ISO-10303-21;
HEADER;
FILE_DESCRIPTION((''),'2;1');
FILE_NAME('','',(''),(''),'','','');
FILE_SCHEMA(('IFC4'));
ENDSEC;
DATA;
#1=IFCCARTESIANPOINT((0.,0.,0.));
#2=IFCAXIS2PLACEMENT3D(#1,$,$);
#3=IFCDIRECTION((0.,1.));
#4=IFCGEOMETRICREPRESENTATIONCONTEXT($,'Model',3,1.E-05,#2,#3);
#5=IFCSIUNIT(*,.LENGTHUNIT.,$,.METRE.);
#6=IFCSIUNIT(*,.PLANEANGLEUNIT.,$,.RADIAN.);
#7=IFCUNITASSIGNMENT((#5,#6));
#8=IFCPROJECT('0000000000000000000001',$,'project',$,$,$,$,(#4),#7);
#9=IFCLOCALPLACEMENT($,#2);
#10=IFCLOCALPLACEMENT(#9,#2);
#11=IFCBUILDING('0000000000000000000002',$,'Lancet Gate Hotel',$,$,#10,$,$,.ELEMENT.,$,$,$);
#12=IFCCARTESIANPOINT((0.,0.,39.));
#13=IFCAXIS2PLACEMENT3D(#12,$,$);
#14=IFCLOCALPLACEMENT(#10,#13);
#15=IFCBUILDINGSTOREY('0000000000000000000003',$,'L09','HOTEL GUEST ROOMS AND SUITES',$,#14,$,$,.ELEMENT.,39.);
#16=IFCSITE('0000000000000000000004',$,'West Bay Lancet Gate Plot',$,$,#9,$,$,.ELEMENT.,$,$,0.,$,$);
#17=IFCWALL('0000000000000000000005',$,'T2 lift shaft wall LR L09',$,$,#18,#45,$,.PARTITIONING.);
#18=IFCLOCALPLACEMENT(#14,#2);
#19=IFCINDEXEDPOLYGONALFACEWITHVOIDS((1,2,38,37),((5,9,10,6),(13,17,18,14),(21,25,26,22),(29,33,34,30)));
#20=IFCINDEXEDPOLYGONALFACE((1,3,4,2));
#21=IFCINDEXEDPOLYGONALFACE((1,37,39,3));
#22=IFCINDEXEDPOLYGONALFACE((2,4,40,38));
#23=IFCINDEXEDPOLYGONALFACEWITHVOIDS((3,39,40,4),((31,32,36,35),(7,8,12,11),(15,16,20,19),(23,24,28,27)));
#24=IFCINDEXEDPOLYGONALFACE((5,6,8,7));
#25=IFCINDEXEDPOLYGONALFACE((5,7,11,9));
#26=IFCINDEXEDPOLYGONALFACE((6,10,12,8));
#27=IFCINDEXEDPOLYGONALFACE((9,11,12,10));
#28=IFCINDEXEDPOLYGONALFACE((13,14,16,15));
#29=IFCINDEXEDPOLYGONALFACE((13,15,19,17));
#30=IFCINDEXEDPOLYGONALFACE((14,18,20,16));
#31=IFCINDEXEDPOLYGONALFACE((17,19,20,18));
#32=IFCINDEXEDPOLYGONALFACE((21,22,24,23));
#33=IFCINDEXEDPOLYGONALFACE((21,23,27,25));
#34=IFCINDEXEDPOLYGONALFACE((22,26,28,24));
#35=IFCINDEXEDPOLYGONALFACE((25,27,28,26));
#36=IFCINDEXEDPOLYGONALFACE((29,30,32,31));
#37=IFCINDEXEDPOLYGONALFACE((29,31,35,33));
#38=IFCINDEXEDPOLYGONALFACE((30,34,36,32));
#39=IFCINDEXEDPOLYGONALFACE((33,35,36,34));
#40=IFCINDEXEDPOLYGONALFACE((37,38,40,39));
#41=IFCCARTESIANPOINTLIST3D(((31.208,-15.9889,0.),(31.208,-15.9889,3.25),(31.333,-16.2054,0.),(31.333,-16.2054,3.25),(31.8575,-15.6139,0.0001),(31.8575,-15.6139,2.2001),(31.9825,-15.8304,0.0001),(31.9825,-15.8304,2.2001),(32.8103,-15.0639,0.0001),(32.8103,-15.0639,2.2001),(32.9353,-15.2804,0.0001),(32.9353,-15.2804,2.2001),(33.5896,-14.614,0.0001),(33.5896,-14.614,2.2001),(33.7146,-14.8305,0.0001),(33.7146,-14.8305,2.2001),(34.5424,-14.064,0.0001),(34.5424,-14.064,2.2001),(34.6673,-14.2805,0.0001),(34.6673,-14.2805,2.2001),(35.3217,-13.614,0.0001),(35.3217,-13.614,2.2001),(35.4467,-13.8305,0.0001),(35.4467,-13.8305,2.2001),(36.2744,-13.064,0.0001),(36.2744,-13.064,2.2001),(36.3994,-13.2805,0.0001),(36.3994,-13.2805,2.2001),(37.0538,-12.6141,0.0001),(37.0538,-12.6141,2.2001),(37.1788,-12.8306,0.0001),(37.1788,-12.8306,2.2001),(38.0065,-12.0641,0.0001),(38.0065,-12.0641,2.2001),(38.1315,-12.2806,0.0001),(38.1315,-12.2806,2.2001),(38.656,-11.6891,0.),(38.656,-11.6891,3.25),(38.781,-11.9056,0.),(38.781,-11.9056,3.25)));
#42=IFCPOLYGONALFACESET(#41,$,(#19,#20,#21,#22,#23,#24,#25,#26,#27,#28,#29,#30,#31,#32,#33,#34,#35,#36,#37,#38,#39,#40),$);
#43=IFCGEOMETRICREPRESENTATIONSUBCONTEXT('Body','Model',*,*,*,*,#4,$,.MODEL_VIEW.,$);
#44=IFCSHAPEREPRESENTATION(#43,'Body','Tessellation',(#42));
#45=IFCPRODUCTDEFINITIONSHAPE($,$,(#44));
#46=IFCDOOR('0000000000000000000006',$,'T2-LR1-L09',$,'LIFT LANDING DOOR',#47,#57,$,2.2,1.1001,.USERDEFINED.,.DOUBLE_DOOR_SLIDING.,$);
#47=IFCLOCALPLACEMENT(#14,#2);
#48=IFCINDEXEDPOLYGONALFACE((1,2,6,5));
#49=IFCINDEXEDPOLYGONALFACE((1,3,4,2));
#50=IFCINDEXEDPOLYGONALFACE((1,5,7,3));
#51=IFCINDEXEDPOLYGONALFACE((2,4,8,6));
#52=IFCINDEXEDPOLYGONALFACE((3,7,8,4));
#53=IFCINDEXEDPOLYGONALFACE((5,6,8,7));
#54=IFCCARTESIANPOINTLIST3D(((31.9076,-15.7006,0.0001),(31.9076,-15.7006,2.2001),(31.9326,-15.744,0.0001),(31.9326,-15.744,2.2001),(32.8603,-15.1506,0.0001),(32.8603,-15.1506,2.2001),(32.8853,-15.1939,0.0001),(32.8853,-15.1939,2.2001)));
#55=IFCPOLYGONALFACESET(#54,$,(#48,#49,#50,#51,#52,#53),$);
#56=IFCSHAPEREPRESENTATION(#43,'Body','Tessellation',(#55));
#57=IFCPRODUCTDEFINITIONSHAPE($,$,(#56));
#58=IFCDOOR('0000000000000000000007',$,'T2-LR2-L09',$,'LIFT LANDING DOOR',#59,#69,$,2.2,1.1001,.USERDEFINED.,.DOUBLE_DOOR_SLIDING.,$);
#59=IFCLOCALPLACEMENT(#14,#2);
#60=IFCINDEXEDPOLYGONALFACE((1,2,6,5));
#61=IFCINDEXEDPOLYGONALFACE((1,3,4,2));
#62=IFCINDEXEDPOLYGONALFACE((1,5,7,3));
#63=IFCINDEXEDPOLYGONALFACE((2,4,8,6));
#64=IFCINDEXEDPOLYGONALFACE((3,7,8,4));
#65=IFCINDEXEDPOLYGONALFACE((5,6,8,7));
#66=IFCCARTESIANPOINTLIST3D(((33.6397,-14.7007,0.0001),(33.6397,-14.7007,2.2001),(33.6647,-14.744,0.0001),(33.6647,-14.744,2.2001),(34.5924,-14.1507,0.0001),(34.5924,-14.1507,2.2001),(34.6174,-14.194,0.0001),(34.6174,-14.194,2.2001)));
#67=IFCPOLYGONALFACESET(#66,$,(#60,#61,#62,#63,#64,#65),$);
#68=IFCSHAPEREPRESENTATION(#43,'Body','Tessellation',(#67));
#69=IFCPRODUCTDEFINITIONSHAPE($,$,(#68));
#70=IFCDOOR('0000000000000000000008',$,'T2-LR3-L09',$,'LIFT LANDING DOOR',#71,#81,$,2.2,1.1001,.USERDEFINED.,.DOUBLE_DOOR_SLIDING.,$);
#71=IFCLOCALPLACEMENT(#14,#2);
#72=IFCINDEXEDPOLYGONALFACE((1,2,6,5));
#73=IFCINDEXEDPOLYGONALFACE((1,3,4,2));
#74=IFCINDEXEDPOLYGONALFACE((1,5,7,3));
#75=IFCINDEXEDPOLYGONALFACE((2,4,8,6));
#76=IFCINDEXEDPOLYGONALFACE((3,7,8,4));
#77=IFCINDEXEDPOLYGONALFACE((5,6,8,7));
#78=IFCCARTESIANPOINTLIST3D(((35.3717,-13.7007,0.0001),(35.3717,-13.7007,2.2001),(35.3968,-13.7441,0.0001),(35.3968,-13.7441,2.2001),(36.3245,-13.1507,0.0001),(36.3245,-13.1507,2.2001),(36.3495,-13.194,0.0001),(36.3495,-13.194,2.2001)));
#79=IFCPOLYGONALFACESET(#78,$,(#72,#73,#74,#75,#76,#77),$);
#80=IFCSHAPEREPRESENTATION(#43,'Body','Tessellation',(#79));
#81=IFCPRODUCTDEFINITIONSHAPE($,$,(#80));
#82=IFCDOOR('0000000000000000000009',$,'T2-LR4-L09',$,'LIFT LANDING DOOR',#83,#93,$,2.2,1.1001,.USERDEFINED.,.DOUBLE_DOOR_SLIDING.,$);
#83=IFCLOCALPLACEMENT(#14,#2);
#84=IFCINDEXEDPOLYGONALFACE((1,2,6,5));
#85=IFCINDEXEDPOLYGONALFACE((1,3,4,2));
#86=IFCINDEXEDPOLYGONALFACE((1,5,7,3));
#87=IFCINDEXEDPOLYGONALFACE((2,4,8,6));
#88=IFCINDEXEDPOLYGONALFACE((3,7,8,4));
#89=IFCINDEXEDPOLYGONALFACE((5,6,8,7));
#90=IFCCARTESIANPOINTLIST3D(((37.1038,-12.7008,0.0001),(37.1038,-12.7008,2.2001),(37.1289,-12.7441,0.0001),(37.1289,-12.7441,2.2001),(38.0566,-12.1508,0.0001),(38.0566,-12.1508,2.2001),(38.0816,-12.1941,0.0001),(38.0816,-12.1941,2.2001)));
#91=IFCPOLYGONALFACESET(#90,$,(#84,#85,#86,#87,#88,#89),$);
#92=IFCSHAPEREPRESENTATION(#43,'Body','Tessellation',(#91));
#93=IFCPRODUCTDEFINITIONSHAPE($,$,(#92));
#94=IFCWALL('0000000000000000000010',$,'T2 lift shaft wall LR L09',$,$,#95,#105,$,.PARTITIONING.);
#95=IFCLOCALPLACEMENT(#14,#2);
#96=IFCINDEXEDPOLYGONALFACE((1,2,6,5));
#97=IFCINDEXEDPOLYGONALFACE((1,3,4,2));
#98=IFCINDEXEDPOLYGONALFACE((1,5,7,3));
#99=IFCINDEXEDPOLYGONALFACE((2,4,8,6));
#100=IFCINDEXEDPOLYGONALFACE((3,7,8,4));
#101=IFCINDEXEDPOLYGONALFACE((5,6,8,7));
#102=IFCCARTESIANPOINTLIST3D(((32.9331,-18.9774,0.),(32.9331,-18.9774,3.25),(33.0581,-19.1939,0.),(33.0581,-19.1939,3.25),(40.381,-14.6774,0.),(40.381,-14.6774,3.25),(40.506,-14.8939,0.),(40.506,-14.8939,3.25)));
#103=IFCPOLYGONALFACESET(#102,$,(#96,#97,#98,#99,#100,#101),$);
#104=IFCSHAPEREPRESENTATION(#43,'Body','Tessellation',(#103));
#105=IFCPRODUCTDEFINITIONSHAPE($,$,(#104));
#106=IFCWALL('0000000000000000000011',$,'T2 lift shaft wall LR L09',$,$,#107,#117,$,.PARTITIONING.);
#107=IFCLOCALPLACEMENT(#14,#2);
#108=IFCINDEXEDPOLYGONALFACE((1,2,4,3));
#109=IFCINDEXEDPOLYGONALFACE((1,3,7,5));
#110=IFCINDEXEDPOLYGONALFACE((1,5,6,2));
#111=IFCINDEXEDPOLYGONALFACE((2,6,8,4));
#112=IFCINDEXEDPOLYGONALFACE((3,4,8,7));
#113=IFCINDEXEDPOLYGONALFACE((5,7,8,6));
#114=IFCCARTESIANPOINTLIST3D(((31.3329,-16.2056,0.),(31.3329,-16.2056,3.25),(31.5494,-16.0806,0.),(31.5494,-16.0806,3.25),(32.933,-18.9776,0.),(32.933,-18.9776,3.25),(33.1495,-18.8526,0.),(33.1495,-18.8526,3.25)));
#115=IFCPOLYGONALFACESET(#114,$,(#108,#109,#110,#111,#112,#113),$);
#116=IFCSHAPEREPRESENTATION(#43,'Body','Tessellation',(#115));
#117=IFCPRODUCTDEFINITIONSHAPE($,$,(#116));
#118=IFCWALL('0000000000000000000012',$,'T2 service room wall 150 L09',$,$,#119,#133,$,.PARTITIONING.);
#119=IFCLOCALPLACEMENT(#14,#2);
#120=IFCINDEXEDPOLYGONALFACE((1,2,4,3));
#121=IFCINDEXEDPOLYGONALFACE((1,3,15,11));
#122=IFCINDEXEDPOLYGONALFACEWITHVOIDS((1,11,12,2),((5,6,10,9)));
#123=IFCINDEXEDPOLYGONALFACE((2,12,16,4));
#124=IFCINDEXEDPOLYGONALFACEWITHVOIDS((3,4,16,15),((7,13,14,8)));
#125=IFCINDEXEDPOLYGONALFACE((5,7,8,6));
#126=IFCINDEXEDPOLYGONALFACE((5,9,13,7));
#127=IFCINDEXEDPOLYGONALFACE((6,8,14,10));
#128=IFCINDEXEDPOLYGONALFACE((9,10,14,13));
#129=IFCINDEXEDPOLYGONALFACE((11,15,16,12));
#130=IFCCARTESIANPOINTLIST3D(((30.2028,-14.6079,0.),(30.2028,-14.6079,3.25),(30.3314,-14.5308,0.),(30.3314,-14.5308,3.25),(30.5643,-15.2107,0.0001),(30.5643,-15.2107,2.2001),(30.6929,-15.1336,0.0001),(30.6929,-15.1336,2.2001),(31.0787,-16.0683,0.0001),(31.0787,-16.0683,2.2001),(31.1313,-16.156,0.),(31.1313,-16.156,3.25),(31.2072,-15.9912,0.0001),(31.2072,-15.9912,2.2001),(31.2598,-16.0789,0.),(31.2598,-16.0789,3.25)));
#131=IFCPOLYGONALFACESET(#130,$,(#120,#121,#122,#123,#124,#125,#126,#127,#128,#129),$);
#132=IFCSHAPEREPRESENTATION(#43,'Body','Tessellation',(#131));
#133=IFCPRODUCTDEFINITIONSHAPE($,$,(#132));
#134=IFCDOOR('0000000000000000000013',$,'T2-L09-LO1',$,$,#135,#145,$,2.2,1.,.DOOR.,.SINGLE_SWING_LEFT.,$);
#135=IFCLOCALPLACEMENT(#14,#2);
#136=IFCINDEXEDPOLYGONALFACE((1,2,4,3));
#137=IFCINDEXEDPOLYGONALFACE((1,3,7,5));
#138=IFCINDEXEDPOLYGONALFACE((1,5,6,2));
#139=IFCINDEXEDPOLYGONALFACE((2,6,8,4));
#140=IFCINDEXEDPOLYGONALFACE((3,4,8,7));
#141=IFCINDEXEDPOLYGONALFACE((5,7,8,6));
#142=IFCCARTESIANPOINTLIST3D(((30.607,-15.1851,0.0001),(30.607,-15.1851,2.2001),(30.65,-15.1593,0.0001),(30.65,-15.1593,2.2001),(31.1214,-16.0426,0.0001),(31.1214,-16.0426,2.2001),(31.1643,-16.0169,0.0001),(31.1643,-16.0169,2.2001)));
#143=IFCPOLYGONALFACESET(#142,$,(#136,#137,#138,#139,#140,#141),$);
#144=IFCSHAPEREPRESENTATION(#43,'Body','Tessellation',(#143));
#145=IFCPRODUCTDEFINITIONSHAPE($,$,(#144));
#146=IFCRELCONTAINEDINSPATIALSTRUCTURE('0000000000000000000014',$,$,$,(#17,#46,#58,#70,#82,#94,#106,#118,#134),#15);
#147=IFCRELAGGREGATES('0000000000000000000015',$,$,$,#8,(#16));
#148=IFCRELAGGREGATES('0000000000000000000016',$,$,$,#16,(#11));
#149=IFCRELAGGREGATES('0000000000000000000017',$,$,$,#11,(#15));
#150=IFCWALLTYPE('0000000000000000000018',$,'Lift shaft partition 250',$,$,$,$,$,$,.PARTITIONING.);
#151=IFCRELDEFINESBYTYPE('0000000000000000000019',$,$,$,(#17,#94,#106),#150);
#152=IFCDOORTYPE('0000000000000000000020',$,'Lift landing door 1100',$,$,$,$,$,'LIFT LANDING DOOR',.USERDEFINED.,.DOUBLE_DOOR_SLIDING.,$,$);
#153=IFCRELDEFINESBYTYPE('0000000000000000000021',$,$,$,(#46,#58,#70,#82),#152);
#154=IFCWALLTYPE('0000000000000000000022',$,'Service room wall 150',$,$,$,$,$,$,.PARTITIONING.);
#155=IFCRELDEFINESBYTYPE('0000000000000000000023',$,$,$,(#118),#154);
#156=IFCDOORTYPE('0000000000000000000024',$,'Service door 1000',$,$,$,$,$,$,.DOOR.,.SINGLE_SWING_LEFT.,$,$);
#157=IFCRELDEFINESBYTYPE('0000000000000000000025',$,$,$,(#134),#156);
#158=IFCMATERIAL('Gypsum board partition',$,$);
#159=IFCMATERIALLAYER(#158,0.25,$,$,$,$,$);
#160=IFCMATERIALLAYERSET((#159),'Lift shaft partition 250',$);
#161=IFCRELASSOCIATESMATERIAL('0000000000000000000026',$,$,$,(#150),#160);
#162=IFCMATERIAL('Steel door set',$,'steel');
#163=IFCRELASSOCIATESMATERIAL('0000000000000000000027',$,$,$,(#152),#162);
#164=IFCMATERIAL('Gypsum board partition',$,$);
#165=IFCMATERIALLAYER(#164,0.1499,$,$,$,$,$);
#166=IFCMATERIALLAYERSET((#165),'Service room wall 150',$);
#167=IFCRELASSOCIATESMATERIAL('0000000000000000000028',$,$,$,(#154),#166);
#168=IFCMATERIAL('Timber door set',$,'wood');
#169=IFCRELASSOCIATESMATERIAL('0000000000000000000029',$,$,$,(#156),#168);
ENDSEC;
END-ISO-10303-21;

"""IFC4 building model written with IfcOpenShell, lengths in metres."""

from ifc_helpers import new_model, si_unit, direction, frame, frame_2d, origin, place, context, subcontext, project, spatial, rectangle, extrude, material, layer, layer_set, type_object, element, fill, save


model = new_model("IFC4")

# Units and contexts
model_context = context("Model", 3, precision=1e-05, world=origin(), true_north=direction((0.0, 1.0)))
body_context = subcontext(model_context, "Body", "Model", "MODEL_VIEW")
ifc_project = project(units=[si_unit("LENGTHUNIT", "METRE"), si_unit("PLANEANGLEUNIT", "RADIAN")], contexts=[model_context])

# Site, building, storey
site_placement = place(None, origin())
site = spatial("IfcSite", under=ifc_project, at=site_placement, Name="West Bay Lancet Gate Plot", CompositionType="ELEMENT", RefElevation=0.0)
building_placement = place(site_placement, origin())
building = spatial("IfcBuilding", under=site, at=building_placement, Name="Lancet Gate Hotel", CompositionType="ELEMENT")
storey_placement = place(building_placement, frame((0.0, 0.0, 39.0)))
storey = spatial("IfcBuildingStorey", under=building, at=storey_placement, Name="L09", Description="HOTEL GUEST ROOMS AND SUITES", CompositionType="ELEMENT", Elevation=39.0)

# Wall, openings, doors
ifc_material_1 = material(Name="Gypsum board partition")
ifc_layer_1 = layer(ifc_material_1, 0.25)
ifc_layer_set_1 = layer_set([ifc_layer_1], Name="Lift shaft partition 250")
wall_type_1 = type_object("IfcWallType", Name="Lift shaft partition 250", PredefinedType="PARTITIONING", material=ifc_layer_set_1)
wall_1_placement = place(storey_placement, frame((31.2705, -16.0972, 0.0), z_axis=(0.0, 0.0, 1.0), x_axis=(0.86604, 0.499974, 0.0)))
wall_1 = element("IfcWall", 1, at=wall_1_placement, inside=storey, type_object=wall_type_1, Name="T2 lift shaft wall LR L09", PredefinedType="PARTITIONING", context=body_context, shape_type="SweptSolid", body=[
    extrude(rectangle(XDim=8.6001, YDim=0.25, at=frame_2d((4.3, 0.0))), origin(), (0.0, 0.0, 1.0), 3.25),
])
opening_1_placement = place(wall_1_placement, frame((0.75, 0.0, 0.0)))
opening_1 = element("IfcOpeningElement", 2, at=opening_1_placement, cuts=wall_1, PredefinedType="OPENING", context=body_context, shape_type="SweptSolid", body=[
    extrude(rectangle(XDim=1.1001, YDim=2.2, at=frame_2d((0.55, 1.1001))), frame((0.0, 0.135, 0.0), z_axis=(0.0, -1.0, 0.0), x_axis=(1.0, 0.0, 0.0)), (0.0, 0.0, 1.0), 0.27),
])
opening_2_placement = place(wall_1_placement, frame((2.75, 0.0, 0.0)))
opening_2 = element("IfcOpeningElement", 3, at=opening_2_placement, cuts=wall_1, PredefinedType="OPENING", context=body_context, shape_type="SweptSolid", body=[
    extrude(rectangle(XDim=1.1001, YDim=2.2, at=frame_2d((0.55, 1.1001))), frame((0.0, 0.135, 0.0), z_axis=(0.0, -1.0, 0.0), x_axis=(1.0, 0.0, 0.0)), (0.0, 0.0, 1.0), 0.27),
])
opening_3_placement = place(wall_1_placement, frame((4.75, 0.0, 0.0)))
opening_3 = element("IfcOpeningElement", 4, at=opening_3_placement, cuts=wall_1, PredefinedType="OPENING", context=body_context, shape_type="SweptSolid", body=[
    extrude(rectangle(XDim=1.1001, YDim=2.2, at=frame_2d((0.55, 1.1001))), frame((0.0, 0.135, 0.0), z_axis=(0.0, -1.0, 0.0), x_axis=(1.0, 0.0, 0.0)), (0.0, 0.0, 1.0), 0.27),
])
opening_4_placement = place(wall_1_placement, frame((6.75, 0.0, 0.0)))
opening_4 = element("IfcOpeningElement", 5, at=opening_4_placement, cuts=wall_1, PredefinedType="OPENING", context=body_context, shape_type="SweptSolid", body=[
    extrude(rectangle(XDim=1.1001, YDim=2.2, at=frame_2d((0.55, 1.1001))), frame((0.0, 0.135, 0.0), z_axis=(0.0, -1.0, 0.0), x_axis=(1.0, 0.0, 0.0)), (0.0, 0.0, 1.0), 0.27),
])
ifc_material_2 = material(Name="Steel door set", Category="steel")
door_type_1 = type_object("IfcDoorType", Name="Lift landing door 1100", ElementType="LIFT LANDING DOOR", OperationType="DOUBLE_DOOR_SLIDING", PredefinedType="USERDEFINED", material=ifc_material_2)
door_1_placement = place(opening_1_placement, origin())
door_1 = element("IfcDoor", 6, at=door_1_placement, inside=storey, type_object=door_type_1, Name="T2-LR1-L09", ObjectType="LIFT LANDING DOOR", OperationType="DOUBLE_DOOR_SLIDING", OverallHeight=2.2, OverallWidth=1.1001, PredefinedType="USERDEFINED", context=body_context, shape_type="SweptSolid", body=[
    extrude(rectangle(XDim=1.1001, YDim=2.2, at=frame_2d((0.55, 1.1001))), frame((0.0, 0.0249, 0.0), z_axis=(0.0, -1.0, 0.0), x_axis=(1.0, 0.0, 0.0)), (0.0, 0.0, 1.0), 0.05),
])
fill(opening_1, door_1)
door_2_placement = place(opening_2_placement, origin())
door_2 = element("IfcDoor", 7, at=door_2_placement, inside=storey, type_object=door_type_1, Name="T2-LR2-L09", ObjectType="LIFT LANDING DOOR", OperationType="DOUBLE_DOOR_SLIDING", OverallHeight=2.2, OverallWidth=1.1001, PredefinedType="USERDEFINED", context=body_context, shape_type="SweptSolid", body=[
    extrude(rectangle(XDim=1.1001, YDim=2.2, at=frame_2d((0.55, 1.1001))), frame((0.0, 0.0249, 0.0), z_axis=(0.0, -1.0, 0.0), x_axis=(1.0, 0.0, 0.0)), (0.0, 0.0, 1.0), 0.05),
])
fill(opening_2, door_2)
door_3_placement = place(opening_3_placement, origin())
door_3 = element("IfcDoor", 8, at=door_3_placement, inside=storey, type_object=door_type_1, Name="T2-LR3-L09", ObjectType="LIFT LANDING DOOR", OperationType="DOUBLE_DOOR_SLIDING", OverallHeight=2.2, OverallWidth=1.1001, PredefinedType="USERDEFINED", context=body_context, shape_type="SweptSolid", body=[
    extrude(rectangle(XDim=1.1001, YDim=2.2, at=frame_2d((0.55, 1.1001))), frame((0.0, 0.0249, 0.0), z_axis=(0.0, -1.0, 0.0), x_axis=(1.0, 0.0, 0.0)), (0.0, 0.0, 1.0), 0.05),
])
fill(opening_3, door_3)
door_4_placement = place(opening_4_placement, origin())
door_4 = element("IfcDoor", 9, at=door_4_placement, inside=storey, type_object=door_type_1, Name="T2-LR4-L09", ObjectType="LIFT LANDING DOOR", OperationType="DOUBLE_DOOR_SLIDING", OverallHeight=2.2, OverallWidth=1.1001, PredefinedType="USERDEFINED", context=body_context, shape_type="SweptSolid", body=[
    extrude(rectangle(XDim=1.1001, YDim=2.2, at=frame_2d((0.55, 1.1001))), frame((0.0, 0.0249, 0.0), z_axis=(0.0, -1.0, 0.0), x_axis=(1.0, 0.0, 0.0)), (0.0, 0.0, 1.0), 0.05),
])
fill(opening_4, door_4)

# Walls
wall_2_placement = place(storey_placement, frame((32.9956, -19.0857, 0.0), z_axis=(0.0, 0.0, 1.0), x_axis=(0.866028, 0.499995, 0.0)))
element("IfcWall", 10, at=wall_2_placement, inside=storey, type_object=wall_type_1, Name="T2 lift shaft wall LR L09", PredefinedType="PARTITIONING", context=body_context, shape_type="SweptSolid", body=[
    extrude(rectangle(XDim=8.6001, YDim=0.25, at=frame_2d((4.3, 0.0))), origin(), (0.0, 0.0, 1.0), 3.25),
])
wall_3_placement = place(storey_placement, frame((31.4412, -16.1431, 0.0), z_axis=(0.0, 0.0, 1.0), x_axis=(0.499929, -0.866066, 0.0)))
element("IfcWall", 11, at=wall_3_placement, inside=storey, type_object=wall_type_1, Name="T2 lift shaft wall LR L09", PredefinedType="PARTITIONING", context=body_context, shape_type="SweptSolid", body=[
    extrude(rectangle(XDim=3.2007, YDim=0.25, at=frame_2d((1.6003, 0.0))), origin(), (0.0, 0.0, 1.0), 3.25),
])

# Wall, opening, door
ifc_material_3 = material(Name="Gypsum board partition")
ifc_layer_2 = layer(ifc_material_3, 0.1499)
ifc_layer_set_2 = layer_set([ifc_layer_2], Name="Service room wall 150")
wall_type_2 = type_object("IfcWallType", Name="Service room wall 150", PredefinedType="PARTITIONING", material=ifc_layer_set_2)
wall_4_placement = place(storey_placement, frame((30.2671, -14.5693, 0.0), z_axis=(0.0, 0.0, 1.0), x_axis=(0.514337, -0.857588, 0.0)))
wall_4 = element("IfcWall", 12, at=wall_4_placement, inside=storey, type_object=wall_type_2, Name="T2 service room wall 150 L09", PredefinedType="PARTITIONING", context=body_context, shape_type="SweptSolid", body=[
    extrude(rectangle(XDim=1.8052, YDim=0.1499, at=frame_2d((0.9026, 0.0))), origin(), (0.0, 0.0, 1.0), 3.25),
])
opening_5_placement = place(wall_4_placement, frame((0.7029, 0.0, 0.0)))
opening_5 = element("IfcOpeningElement", 13, at=opening_5_placement, cuts=wall_4, PredefinedType="OPENING", context=body_context, shape_type="SweptSolid", body=[
    extrude(rectangle(XDim=1.0, YDim=2.2, at=frame_2d((0.5, 1.1001))), frame((0.0, 0.085, 0.0), z_axis=(0.0, -1.0, 0.0), x_axis=(1.0, 0.0, 0.0)), (0.0, 0.0, 1.0), 0.1699),
])
ifc_material_4 = material(Name="Timber door set", Category="wood")
door_type_2 = type_object("IfcDoorType", Name="Service door 1000", OperationType="SINGLE_SWING_LEFT", PredefinedType="DOOR", material=ifc_material_4)
door_5_placement = place(opening_5_placement, origin())
door_5 = element("IfcDoor", 14, at=door_5_placement, inside=storey, type_object=door_type_2, Name="T2-L09-LO1", OperationType="SINGLE_SWING_LEFT", OverallHeight=2.2, OverallWidth=1.0, PredefinedType="DOOR", context=body_context, shape_type="SweptSolid", body=[
    extrude(rectangle(XDim=1.0, YDim=2.2, at=frame_2d((0.5, 1.1001))), frame((0.0, 0.0249, 0.0), z_axis=(0.0, -1.0, 0.0), x_axis=(1.0, 0.0, 0.0)), (0.0, 0.0, 1.0), 0.05),
])
fill(opening_5, door_5)

save(model, "model.ifc")
